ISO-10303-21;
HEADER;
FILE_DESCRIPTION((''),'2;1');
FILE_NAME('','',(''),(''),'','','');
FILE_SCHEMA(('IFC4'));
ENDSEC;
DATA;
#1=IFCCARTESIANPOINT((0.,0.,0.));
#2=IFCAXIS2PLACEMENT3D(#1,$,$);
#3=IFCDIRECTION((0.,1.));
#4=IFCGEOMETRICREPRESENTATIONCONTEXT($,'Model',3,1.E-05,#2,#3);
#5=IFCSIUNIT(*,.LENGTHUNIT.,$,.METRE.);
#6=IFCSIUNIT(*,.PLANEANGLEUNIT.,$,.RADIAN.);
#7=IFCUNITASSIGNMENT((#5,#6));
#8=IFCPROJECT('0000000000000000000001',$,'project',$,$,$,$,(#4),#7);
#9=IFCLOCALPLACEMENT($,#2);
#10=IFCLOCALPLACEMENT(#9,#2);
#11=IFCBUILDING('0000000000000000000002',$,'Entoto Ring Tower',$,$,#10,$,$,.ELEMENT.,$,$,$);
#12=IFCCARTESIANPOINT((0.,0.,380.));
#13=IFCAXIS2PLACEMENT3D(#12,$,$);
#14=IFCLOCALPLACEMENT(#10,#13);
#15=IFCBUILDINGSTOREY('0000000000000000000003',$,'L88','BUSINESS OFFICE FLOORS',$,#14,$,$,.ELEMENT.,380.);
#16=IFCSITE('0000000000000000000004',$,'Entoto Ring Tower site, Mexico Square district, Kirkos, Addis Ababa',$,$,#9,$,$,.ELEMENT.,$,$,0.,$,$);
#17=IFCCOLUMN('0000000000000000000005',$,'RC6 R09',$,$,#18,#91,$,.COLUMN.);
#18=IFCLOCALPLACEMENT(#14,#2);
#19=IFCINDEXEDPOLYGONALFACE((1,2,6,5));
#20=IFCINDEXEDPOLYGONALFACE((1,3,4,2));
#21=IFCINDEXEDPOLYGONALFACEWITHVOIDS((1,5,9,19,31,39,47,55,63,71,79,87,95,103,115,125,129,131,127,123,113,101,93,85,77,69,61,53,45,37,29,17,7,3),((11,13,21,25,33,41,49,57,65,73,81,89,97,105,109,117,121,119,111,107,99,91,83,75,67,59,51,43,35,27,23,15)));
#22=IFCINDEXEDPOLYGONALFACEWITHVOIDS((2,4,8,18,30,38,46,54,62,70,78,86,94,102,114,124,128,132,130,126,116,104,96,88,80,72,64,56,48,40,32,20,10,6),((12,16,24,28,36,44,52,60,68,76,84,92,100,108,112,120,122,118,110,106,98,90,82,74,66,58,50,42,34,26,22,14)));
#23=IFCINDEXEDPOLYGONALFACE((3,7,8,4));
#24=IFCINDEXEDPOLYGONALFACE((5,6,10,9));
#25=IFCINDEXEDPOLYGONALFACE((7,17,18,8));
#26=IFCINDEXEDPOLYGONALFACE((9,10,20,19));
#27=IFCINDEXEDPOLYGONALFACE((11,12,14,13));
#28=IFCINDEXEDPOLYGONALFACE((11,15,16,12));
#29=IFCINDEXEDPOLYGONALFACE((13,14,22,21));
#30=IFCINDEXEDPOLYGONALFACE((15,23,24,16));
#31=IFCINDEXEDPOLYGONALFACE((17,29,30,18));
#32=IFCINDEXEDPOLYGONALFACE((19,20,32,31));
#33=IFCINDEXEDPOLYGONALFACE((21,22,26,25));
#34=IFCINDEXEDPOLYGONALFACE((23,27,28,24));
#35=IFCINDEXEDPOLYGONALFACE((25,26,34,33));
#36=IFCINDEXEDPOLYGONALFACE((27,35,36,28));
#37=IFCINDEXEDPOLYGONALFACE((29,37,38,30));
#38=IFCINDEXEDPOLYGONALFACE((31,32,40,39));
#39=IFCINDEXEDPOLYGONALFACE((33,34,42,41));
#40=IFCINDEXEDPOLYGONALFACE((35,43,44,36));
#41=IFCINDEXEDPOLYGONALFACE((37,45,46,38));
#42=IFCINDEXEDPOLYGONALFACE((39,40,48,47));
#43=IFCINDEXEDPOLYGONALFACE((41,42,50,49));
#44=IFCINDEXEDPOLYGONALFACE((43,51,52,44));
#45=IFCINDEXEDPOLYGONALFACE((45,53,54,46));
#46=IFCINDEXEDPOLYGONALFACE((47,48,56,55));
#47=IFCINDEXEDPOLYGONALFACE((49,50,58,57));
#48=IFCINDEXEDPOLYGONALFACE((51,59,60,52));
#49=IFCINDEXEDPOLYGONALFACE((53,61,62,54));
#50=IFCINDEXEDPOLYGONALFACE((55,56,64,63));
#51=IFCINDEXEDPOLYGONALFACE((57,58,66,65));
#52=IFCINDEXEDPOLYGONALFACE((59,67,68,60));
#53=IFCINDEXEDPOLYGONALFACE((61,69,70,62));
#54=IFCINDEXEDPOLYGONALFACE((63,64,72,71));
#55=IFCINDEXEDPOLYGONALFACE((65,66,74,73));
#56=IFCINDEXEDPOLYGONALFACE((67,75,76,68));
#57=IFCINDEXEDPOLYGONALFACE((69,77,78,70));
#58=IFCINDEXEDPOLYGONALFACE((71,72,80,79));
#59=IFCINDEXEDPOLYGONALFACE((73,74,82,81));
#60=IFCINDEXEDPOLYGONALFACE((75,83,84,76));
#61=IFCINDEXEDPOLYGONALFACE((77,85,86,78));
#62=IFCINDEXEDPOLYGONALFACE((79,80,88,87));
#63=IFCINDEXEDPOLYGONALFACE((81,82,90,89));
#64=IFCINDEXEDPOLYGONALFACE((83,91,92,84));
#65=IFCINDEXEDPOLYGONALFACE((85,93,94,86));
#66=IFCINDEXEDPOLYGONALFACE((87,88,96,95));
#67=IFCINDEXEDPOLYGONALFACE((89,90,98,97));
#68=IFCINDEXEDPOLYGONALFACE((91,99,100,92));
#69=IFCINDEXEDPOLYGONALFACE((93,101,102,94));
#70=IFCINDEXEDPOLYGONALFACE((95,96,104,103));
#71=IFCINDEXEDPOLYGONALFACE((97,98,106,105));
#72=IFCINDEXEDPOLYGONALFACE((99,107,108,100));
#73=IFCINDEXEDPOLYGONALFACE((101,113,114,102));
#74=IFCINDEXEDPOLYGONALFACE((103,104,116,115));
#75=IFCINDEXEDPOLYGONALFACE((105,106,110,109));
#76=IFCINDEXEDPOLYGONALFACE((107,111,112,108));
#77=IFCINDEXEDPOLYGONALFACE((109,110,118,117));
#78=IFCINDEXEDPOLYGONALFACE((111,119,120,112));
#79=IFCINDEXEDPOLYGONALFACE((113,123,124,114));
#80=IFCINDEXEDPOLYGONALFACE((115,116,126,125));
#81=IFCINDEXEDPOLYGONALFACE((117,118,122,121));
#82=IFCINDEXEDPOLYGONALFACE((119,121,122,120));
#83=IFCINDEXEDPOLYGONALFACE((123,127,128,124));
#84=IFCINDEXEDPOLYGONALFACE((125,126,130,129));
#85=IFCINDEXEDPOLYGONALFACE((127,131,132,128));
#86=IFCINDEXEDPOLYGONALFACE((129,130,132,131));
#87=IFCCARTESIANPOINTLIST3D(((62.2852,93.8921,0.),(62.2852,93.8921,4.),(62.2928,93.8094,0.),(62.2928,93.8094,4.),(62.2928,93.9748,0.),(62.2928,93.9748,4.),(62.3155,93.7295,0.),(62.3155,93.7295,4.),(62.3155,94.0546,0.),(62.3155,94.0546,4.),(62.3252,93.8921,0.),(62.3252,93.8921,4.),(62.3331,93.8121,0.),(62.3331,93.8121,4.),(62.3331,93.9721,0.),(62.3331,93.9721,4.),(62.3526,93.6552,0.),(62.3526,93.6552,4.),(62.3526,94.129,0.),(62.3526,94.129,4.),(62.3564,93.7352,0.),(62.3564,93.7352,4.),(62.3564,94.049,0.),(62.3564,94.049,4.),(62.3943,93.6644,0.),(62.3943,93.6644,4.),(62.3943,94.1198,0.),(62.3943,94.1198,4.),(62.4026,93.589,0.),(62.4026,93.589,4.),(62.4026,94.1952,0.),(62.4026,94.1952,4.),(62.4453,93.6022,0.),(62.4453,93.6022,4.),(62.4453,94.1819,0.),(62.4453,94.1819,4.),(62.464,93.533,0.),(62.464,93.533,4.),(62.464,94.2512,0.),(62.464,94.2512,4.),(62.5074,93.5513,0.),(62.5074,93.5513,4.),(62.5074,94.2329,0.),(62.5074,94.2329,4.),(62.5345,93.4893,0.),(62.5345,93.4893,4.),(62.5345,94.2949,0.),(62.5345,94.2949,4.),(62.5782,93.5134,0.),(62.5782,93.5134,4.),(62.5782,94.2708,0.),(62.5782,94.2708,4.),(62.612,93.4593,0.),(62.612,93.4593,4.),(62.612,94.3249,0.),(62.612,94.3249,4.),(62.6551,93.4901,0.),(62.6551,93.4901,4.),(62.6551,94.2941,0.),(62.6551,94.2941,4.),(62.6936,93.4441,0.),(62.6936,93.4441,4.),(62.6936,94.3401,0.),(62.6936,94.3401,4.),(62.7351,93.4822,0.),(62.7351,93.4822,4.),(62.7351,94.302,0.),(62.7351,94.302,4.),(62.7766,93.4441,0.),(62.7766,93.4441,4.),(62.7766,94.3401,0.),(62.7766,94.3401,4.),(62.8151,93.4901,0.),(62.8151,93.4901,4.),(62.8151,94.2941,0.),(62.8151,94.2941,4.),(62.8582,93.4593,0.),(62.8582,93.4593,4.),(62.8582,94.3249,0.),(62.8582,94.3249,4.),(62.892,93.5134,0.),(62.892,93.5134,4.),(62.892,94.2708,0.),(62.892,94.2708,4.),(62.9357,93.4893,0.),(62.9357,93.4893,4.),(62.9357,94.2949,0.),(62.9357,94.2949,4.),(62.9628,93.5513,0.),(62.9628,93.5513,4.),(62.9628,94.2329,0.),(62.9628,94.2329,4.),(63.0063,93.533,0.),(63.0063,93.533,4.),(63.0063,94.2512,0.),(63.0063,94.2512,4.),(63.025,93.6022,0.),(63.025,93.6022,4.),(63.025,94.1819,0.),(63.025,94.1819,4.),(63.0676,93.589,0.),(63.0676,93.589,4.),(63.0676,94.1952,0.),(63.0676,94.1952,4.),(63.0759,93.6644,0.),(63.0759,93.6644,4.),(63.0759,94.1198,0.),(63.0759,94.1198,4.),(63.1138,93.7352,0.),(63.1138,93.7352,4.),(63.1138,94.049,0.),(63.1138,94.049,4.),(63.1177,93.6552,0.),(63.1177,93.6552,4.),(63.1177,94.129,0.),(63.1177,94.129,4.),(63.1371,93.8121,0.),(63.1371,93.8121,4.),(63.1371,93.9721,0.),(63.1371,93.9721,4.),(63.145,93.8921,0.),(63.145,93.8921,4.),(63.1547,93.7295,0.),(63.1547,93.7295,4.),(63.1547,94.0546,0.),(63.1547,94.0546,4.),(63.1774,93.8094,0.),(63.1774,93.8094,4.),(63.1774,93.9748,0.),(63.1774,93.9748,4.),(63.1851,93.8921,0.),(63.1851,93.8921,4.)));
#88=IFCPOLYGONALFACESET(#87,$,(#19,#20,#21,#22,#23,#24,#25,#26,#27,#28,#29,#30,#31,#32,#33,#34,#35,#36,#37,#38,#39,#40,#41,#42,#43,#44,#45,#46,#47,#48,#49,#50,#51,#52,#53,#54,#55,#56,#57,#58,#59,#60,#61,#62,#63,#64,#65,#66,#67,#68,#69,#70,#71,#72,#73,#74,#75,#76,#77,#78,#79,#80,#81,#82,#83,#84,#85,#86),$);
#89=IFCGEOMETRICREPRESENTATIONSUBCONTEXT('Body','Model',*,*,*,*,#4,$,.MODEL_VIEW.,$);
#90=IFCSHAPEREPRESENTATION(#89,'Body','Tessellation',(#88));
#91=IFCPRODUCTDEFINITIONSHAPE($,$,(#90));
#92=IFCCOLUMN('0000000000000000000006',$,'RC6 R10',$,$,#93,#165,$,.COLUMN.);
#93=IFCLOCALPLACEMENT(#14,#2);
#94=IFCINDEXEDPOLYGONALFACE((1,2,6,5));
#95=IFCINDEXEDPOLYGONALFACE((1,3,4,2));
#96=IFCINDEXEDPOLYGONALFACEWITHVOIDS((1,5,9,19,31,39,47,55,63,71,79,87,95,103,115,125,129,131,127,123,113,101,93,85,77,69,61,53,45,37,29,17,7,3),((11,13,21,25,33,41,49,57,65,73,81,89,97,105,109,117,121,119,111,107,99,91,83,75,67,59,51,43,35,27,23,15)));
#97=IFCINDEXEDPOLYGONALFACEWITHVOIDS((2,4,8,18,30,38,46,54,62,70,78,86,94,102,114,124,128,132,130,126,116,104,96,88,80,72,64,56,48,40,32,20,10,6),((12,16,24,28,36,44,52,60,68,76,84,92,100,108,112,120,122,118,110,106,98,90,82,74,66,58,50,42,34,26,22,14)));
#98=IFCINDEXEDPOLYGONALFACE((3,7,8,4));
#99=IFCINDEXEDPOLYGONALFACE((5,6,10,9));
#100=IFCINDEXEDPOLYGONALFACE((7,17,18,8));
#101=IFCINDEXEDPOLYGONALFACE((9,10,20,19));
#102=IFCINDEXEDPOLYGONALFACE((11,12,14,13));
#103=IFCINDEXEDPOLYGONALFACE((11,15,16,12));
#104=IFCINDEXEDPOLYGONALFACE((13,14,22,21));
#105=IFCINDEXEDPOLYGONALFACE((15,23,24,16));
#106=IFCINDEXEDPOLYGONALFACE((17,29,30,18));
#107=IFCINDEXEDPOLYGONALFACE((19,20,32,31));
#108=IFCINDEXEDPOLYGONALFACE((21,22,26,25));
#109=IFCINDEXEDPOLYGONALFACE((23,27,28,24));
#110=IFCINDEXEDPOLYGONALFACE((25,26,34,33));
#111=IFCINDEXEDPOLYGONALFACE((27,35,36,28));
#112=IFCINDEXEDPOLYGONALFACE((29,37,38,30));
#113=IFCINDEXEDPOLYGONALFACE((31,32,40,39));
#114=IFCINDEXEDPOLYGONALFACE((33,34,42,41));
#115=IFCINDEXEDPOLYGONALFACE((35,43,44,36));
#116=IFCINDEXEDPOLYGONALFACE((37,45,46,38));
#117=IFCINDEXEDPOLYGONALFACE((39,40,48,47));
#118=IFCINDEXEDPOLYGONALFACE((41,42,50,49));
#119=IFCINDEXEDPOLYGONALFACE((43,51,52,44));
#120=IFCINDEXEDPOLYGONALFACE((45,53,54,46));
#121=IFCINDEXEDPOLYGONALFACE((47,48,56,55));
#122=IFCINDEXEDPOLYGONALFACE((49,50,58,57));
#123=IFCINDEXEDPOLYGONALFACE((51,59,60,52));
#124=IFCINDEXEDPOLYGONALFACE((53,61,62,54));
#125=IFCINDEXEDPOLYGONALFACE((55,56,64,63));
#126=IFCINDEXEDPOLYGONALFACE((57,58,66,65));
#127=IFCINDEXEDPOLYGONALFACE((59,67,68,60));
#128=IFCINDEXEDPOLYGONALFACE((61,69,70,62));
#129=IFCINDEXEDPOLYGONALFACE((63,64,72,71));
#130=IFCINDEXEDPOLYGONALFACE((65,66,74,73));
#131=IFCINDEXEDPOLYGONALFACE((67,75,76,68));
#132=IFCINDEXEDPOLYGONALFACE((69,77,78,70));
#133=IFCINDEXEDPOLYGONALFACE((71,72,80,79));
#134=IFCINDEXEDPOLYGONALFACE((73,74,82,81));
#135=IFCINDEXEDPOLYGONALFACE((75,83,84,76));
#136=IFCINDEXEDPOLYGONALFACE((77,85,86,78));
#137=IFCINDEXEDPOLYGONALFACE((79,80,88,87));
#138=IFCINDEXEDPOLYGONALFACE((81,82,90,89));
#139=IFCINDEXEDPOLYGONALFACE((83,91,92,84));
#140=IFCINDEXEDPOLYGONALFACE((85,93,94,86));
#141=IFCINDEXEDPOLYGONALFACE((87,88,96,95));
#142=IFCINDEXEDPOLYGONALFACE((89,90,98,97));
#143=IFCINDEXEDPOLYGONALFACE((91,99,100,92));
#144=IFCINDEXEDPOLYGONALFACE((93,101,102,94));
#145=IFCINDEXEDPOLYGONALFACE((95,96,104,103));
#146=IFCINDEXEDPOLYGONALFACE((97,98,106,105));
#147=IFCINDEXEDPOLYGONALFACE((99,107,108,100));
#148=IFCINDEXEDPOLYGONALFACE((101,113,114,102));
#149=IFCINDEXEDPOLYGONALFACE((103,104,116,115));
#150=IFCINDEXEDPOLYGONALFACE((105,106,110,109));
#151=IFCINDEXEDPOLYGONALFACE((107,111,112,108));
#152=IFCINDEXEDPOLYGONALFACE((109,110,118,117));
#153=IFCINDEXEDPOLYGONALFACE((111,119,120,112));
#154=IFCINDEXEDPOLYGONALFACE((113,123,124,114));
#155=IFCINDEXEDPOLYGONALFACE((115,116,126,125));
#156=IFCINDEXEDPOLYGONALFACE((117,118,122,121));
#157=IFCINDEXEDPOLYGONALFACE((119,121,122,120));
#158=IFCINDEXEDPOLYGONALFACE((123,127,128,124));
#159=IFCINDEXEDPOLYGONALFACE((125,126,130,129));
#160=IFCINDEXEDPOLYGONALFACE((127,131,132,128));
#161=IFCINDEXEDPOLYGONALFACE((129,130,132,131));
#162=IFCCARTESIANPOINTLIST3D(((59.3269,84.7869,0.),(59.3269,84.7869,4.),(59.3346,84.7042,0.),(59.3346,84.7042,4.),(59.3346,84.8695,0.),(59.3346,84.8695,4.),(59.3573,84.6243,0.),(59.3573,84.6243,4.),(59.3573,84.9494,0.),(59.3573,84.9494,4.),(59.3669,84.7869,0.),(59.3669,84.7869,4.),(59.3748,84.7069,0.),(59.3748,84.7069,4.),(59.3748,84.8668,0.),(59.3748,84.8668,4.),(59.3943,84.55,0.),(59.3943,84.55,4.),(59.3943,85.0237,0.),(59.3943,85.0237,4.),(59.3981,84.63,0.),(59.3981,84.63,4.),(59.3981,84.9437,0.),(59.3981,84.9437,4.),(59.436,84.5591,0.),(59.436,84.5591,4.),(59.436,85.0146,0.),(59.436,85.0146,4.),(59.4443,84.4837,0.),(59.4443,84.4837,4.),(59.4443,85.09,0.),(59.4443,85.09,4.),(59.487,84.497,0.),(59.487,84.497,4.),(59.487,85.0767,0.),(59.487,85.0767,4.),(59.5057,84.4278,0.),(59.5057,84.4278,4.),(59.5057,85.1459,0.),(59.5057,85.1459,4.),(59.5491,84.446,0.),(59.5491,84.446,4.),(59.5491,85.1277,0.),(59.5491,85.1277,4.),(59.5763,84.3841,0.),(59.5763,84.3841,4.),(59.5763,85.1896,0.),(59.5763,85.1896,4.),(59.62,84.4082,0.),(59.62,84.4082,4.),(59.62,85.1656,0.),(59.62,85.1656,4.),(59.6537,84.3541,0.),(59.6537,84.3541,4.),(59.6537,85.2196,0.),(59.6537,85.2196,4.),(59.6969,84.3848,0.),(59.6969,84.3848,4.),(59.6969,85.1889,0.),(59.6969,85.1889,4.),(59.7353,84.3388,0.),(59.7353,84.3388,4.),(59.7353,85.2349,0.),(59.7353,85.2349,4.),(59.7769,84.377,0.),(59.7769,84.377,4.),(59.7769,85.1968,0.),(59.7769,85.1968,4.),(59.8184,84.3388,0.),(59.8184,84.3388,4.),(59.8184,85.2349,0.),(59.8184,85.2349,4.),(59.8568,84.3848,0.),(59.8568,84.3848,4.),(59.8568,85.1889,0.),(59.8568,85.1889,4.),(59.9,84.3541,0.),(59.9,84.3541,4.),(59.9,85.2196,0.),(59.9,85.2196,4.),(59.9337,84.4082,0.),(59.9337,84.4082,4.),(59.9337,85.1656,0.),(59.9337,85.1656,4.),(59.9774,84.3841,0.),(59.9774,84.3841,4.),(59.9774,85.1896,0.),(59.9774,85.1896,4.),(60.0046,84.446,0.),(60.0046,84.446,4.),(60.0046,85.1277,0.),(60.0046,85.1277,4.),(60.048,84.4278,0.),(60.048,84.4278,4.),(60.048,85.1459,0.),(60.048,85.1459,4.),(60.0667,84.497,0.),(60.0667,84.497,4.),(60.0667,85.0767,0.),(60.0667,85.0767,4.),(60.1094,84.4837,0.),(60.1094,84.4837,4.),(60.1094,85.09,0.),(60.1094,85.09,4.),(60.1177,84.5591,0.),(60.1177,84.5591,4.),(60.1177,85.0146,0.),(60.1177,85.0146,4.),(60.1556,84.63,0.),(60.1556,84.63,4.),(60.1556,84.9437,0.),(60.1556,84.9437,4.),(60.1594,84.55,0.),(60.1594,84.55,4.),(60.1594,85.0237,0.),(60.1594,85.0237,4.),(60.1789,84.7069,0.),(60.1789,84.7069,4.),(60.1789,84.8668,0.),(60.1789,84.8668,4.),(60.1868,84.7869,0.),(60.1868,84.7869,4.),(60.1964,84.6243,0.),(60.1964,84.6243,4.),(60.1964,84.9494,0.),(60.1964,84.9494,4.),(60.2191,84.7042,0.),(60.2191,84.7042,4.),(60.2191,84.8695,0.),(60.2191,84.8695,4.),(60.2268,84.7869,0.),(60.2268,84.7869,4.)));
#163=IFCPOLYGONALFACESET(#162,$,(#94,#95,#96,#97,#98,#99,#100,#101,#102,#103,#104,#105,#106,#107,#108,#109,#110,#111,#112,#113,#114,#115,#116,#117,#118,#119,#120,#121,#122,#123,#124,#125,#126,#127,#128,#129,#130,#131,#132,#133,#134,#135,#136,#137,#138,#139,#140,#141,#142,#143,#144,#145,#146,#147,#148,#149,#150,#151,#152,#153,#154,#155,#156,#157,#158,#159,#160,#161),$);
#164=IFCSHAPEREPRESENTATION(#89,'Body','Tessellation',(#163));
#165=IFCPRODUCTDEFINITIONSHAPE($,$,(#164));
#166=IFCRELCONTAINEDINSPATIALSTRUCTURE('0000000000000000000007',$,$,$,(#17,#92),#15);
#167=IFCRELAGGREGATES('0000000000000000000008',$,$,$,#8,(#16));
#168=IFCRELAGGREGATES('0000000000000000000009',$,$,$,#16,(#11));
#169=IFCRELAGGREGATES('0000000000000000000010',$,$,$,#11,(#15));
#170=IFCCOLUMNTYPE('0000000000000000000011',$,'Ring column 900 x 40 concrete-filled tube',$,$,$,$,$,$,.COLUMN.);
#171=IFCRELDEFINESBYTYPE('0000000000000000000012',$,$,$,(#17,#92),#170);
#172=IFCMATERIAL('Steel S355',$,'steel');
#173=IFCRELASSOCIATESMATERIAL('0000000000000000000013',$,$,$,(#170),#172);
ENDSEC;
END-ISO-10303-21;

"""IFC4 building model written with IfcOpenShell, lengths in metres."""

from ifc_helpers import new_model, si_unit, direction, frame, origin, origin_2d, place, context, subcontext, project, spatial, circle, hollow_circle, extrude, material, material_profile, profile_set, type_object, element, save


model = new_model("IFC4")

# Units and contexts
model_context = context("Model", 3, precision=1e-05, world=origin(), true_north=direction((0.0, 1.0)))
body_context = subcontext(model_context, "Body", "Model", "MODEL_VIEW")
ifc_project = project(units=[si_unit("LENGTHUNIT", "METRE"), si_unit("PLANEANGLEUNIT", "RADIAN")], contexts=[model_context])

# Site, building, storey
site_placement = place(None, origin())
site = spatial("IfcSite", under=ifc_project, at=site_placement, Name="Entoto Ring Tower site, Mexico Square district, Kirkos, Addis Ababa", CompositionType="ELEMENT", RefElevation=0.0)
building_placement = place(site_placement, origin())
building = spatial("IfcBuilding", under=site, at=building_placement, Name="Entoto Ring Tower", CompositionType="ELEMENT")
storey_placement = place(building_placement, frame((0.0, 0.0, 380.0)))
storey = spatial("IfcBuildingStorey", under=building, at=storey_placement, Name="L88", Description="BUSINESS OFFICE FLOORS", CompositionType="ELEMENT", Elevation=380.0)

# Columns
ifc_material_1 = material(Name="Steel S355", Category="steel")
ifc_material_profile_1 = material_profile(ifc_material_1, hollow_circle(Radius=0.45, WallThickness=0.04, at=origin_2d()), Name="CHS 900 x 40")
ifc_material_2 = material(Name="Concrete C60/75", Category="concrete")
ifc_material_profile_2 = material_profile(ifc_material_2, circle(Radius=0.4099, at=origin_2d()), Name="Concrete C60/75 infill")
ifc_profile_set_1 = profile_set([ifc_material_profile_1, ifc_material_profile_2], Name="Steel S355")
column_type = type_object("IfcColumnType", Name="Ring column 900 x 40 concrete-filled tube", PredefinedType="COLUMN", material=ifc_profile_set_1)
for number, where, z_axis, x_axis, name in (
    (1, (62.7351, 93.8921, 0.0), (0.0, 0.0, 1.0), (1.0, 0.0, 0.0), "RC6 R09"),
    (2, (59.7769, 84.7869, 0.0), (0.0, 0.0, 1.0), (1.0, 0.0, 0.0), "RC6 R10"),
):
    element("IfcColumn", number, at=place(storey_placement, frame(where, z_axis=z_axis, x_axis=x_axis)), inside=storey, type_object=column_type, Name=name, PredefinedType="COLUMN", context=body_context, shape_type="SweptSolid", body=[
        extrude(hollow_circle(Radius=0.45, WallThickness=0.04, at=origin_2d()), origin(), (0.0, 0.0, 1.0), 4.0),
    ])

save(model, "model.ifc")
